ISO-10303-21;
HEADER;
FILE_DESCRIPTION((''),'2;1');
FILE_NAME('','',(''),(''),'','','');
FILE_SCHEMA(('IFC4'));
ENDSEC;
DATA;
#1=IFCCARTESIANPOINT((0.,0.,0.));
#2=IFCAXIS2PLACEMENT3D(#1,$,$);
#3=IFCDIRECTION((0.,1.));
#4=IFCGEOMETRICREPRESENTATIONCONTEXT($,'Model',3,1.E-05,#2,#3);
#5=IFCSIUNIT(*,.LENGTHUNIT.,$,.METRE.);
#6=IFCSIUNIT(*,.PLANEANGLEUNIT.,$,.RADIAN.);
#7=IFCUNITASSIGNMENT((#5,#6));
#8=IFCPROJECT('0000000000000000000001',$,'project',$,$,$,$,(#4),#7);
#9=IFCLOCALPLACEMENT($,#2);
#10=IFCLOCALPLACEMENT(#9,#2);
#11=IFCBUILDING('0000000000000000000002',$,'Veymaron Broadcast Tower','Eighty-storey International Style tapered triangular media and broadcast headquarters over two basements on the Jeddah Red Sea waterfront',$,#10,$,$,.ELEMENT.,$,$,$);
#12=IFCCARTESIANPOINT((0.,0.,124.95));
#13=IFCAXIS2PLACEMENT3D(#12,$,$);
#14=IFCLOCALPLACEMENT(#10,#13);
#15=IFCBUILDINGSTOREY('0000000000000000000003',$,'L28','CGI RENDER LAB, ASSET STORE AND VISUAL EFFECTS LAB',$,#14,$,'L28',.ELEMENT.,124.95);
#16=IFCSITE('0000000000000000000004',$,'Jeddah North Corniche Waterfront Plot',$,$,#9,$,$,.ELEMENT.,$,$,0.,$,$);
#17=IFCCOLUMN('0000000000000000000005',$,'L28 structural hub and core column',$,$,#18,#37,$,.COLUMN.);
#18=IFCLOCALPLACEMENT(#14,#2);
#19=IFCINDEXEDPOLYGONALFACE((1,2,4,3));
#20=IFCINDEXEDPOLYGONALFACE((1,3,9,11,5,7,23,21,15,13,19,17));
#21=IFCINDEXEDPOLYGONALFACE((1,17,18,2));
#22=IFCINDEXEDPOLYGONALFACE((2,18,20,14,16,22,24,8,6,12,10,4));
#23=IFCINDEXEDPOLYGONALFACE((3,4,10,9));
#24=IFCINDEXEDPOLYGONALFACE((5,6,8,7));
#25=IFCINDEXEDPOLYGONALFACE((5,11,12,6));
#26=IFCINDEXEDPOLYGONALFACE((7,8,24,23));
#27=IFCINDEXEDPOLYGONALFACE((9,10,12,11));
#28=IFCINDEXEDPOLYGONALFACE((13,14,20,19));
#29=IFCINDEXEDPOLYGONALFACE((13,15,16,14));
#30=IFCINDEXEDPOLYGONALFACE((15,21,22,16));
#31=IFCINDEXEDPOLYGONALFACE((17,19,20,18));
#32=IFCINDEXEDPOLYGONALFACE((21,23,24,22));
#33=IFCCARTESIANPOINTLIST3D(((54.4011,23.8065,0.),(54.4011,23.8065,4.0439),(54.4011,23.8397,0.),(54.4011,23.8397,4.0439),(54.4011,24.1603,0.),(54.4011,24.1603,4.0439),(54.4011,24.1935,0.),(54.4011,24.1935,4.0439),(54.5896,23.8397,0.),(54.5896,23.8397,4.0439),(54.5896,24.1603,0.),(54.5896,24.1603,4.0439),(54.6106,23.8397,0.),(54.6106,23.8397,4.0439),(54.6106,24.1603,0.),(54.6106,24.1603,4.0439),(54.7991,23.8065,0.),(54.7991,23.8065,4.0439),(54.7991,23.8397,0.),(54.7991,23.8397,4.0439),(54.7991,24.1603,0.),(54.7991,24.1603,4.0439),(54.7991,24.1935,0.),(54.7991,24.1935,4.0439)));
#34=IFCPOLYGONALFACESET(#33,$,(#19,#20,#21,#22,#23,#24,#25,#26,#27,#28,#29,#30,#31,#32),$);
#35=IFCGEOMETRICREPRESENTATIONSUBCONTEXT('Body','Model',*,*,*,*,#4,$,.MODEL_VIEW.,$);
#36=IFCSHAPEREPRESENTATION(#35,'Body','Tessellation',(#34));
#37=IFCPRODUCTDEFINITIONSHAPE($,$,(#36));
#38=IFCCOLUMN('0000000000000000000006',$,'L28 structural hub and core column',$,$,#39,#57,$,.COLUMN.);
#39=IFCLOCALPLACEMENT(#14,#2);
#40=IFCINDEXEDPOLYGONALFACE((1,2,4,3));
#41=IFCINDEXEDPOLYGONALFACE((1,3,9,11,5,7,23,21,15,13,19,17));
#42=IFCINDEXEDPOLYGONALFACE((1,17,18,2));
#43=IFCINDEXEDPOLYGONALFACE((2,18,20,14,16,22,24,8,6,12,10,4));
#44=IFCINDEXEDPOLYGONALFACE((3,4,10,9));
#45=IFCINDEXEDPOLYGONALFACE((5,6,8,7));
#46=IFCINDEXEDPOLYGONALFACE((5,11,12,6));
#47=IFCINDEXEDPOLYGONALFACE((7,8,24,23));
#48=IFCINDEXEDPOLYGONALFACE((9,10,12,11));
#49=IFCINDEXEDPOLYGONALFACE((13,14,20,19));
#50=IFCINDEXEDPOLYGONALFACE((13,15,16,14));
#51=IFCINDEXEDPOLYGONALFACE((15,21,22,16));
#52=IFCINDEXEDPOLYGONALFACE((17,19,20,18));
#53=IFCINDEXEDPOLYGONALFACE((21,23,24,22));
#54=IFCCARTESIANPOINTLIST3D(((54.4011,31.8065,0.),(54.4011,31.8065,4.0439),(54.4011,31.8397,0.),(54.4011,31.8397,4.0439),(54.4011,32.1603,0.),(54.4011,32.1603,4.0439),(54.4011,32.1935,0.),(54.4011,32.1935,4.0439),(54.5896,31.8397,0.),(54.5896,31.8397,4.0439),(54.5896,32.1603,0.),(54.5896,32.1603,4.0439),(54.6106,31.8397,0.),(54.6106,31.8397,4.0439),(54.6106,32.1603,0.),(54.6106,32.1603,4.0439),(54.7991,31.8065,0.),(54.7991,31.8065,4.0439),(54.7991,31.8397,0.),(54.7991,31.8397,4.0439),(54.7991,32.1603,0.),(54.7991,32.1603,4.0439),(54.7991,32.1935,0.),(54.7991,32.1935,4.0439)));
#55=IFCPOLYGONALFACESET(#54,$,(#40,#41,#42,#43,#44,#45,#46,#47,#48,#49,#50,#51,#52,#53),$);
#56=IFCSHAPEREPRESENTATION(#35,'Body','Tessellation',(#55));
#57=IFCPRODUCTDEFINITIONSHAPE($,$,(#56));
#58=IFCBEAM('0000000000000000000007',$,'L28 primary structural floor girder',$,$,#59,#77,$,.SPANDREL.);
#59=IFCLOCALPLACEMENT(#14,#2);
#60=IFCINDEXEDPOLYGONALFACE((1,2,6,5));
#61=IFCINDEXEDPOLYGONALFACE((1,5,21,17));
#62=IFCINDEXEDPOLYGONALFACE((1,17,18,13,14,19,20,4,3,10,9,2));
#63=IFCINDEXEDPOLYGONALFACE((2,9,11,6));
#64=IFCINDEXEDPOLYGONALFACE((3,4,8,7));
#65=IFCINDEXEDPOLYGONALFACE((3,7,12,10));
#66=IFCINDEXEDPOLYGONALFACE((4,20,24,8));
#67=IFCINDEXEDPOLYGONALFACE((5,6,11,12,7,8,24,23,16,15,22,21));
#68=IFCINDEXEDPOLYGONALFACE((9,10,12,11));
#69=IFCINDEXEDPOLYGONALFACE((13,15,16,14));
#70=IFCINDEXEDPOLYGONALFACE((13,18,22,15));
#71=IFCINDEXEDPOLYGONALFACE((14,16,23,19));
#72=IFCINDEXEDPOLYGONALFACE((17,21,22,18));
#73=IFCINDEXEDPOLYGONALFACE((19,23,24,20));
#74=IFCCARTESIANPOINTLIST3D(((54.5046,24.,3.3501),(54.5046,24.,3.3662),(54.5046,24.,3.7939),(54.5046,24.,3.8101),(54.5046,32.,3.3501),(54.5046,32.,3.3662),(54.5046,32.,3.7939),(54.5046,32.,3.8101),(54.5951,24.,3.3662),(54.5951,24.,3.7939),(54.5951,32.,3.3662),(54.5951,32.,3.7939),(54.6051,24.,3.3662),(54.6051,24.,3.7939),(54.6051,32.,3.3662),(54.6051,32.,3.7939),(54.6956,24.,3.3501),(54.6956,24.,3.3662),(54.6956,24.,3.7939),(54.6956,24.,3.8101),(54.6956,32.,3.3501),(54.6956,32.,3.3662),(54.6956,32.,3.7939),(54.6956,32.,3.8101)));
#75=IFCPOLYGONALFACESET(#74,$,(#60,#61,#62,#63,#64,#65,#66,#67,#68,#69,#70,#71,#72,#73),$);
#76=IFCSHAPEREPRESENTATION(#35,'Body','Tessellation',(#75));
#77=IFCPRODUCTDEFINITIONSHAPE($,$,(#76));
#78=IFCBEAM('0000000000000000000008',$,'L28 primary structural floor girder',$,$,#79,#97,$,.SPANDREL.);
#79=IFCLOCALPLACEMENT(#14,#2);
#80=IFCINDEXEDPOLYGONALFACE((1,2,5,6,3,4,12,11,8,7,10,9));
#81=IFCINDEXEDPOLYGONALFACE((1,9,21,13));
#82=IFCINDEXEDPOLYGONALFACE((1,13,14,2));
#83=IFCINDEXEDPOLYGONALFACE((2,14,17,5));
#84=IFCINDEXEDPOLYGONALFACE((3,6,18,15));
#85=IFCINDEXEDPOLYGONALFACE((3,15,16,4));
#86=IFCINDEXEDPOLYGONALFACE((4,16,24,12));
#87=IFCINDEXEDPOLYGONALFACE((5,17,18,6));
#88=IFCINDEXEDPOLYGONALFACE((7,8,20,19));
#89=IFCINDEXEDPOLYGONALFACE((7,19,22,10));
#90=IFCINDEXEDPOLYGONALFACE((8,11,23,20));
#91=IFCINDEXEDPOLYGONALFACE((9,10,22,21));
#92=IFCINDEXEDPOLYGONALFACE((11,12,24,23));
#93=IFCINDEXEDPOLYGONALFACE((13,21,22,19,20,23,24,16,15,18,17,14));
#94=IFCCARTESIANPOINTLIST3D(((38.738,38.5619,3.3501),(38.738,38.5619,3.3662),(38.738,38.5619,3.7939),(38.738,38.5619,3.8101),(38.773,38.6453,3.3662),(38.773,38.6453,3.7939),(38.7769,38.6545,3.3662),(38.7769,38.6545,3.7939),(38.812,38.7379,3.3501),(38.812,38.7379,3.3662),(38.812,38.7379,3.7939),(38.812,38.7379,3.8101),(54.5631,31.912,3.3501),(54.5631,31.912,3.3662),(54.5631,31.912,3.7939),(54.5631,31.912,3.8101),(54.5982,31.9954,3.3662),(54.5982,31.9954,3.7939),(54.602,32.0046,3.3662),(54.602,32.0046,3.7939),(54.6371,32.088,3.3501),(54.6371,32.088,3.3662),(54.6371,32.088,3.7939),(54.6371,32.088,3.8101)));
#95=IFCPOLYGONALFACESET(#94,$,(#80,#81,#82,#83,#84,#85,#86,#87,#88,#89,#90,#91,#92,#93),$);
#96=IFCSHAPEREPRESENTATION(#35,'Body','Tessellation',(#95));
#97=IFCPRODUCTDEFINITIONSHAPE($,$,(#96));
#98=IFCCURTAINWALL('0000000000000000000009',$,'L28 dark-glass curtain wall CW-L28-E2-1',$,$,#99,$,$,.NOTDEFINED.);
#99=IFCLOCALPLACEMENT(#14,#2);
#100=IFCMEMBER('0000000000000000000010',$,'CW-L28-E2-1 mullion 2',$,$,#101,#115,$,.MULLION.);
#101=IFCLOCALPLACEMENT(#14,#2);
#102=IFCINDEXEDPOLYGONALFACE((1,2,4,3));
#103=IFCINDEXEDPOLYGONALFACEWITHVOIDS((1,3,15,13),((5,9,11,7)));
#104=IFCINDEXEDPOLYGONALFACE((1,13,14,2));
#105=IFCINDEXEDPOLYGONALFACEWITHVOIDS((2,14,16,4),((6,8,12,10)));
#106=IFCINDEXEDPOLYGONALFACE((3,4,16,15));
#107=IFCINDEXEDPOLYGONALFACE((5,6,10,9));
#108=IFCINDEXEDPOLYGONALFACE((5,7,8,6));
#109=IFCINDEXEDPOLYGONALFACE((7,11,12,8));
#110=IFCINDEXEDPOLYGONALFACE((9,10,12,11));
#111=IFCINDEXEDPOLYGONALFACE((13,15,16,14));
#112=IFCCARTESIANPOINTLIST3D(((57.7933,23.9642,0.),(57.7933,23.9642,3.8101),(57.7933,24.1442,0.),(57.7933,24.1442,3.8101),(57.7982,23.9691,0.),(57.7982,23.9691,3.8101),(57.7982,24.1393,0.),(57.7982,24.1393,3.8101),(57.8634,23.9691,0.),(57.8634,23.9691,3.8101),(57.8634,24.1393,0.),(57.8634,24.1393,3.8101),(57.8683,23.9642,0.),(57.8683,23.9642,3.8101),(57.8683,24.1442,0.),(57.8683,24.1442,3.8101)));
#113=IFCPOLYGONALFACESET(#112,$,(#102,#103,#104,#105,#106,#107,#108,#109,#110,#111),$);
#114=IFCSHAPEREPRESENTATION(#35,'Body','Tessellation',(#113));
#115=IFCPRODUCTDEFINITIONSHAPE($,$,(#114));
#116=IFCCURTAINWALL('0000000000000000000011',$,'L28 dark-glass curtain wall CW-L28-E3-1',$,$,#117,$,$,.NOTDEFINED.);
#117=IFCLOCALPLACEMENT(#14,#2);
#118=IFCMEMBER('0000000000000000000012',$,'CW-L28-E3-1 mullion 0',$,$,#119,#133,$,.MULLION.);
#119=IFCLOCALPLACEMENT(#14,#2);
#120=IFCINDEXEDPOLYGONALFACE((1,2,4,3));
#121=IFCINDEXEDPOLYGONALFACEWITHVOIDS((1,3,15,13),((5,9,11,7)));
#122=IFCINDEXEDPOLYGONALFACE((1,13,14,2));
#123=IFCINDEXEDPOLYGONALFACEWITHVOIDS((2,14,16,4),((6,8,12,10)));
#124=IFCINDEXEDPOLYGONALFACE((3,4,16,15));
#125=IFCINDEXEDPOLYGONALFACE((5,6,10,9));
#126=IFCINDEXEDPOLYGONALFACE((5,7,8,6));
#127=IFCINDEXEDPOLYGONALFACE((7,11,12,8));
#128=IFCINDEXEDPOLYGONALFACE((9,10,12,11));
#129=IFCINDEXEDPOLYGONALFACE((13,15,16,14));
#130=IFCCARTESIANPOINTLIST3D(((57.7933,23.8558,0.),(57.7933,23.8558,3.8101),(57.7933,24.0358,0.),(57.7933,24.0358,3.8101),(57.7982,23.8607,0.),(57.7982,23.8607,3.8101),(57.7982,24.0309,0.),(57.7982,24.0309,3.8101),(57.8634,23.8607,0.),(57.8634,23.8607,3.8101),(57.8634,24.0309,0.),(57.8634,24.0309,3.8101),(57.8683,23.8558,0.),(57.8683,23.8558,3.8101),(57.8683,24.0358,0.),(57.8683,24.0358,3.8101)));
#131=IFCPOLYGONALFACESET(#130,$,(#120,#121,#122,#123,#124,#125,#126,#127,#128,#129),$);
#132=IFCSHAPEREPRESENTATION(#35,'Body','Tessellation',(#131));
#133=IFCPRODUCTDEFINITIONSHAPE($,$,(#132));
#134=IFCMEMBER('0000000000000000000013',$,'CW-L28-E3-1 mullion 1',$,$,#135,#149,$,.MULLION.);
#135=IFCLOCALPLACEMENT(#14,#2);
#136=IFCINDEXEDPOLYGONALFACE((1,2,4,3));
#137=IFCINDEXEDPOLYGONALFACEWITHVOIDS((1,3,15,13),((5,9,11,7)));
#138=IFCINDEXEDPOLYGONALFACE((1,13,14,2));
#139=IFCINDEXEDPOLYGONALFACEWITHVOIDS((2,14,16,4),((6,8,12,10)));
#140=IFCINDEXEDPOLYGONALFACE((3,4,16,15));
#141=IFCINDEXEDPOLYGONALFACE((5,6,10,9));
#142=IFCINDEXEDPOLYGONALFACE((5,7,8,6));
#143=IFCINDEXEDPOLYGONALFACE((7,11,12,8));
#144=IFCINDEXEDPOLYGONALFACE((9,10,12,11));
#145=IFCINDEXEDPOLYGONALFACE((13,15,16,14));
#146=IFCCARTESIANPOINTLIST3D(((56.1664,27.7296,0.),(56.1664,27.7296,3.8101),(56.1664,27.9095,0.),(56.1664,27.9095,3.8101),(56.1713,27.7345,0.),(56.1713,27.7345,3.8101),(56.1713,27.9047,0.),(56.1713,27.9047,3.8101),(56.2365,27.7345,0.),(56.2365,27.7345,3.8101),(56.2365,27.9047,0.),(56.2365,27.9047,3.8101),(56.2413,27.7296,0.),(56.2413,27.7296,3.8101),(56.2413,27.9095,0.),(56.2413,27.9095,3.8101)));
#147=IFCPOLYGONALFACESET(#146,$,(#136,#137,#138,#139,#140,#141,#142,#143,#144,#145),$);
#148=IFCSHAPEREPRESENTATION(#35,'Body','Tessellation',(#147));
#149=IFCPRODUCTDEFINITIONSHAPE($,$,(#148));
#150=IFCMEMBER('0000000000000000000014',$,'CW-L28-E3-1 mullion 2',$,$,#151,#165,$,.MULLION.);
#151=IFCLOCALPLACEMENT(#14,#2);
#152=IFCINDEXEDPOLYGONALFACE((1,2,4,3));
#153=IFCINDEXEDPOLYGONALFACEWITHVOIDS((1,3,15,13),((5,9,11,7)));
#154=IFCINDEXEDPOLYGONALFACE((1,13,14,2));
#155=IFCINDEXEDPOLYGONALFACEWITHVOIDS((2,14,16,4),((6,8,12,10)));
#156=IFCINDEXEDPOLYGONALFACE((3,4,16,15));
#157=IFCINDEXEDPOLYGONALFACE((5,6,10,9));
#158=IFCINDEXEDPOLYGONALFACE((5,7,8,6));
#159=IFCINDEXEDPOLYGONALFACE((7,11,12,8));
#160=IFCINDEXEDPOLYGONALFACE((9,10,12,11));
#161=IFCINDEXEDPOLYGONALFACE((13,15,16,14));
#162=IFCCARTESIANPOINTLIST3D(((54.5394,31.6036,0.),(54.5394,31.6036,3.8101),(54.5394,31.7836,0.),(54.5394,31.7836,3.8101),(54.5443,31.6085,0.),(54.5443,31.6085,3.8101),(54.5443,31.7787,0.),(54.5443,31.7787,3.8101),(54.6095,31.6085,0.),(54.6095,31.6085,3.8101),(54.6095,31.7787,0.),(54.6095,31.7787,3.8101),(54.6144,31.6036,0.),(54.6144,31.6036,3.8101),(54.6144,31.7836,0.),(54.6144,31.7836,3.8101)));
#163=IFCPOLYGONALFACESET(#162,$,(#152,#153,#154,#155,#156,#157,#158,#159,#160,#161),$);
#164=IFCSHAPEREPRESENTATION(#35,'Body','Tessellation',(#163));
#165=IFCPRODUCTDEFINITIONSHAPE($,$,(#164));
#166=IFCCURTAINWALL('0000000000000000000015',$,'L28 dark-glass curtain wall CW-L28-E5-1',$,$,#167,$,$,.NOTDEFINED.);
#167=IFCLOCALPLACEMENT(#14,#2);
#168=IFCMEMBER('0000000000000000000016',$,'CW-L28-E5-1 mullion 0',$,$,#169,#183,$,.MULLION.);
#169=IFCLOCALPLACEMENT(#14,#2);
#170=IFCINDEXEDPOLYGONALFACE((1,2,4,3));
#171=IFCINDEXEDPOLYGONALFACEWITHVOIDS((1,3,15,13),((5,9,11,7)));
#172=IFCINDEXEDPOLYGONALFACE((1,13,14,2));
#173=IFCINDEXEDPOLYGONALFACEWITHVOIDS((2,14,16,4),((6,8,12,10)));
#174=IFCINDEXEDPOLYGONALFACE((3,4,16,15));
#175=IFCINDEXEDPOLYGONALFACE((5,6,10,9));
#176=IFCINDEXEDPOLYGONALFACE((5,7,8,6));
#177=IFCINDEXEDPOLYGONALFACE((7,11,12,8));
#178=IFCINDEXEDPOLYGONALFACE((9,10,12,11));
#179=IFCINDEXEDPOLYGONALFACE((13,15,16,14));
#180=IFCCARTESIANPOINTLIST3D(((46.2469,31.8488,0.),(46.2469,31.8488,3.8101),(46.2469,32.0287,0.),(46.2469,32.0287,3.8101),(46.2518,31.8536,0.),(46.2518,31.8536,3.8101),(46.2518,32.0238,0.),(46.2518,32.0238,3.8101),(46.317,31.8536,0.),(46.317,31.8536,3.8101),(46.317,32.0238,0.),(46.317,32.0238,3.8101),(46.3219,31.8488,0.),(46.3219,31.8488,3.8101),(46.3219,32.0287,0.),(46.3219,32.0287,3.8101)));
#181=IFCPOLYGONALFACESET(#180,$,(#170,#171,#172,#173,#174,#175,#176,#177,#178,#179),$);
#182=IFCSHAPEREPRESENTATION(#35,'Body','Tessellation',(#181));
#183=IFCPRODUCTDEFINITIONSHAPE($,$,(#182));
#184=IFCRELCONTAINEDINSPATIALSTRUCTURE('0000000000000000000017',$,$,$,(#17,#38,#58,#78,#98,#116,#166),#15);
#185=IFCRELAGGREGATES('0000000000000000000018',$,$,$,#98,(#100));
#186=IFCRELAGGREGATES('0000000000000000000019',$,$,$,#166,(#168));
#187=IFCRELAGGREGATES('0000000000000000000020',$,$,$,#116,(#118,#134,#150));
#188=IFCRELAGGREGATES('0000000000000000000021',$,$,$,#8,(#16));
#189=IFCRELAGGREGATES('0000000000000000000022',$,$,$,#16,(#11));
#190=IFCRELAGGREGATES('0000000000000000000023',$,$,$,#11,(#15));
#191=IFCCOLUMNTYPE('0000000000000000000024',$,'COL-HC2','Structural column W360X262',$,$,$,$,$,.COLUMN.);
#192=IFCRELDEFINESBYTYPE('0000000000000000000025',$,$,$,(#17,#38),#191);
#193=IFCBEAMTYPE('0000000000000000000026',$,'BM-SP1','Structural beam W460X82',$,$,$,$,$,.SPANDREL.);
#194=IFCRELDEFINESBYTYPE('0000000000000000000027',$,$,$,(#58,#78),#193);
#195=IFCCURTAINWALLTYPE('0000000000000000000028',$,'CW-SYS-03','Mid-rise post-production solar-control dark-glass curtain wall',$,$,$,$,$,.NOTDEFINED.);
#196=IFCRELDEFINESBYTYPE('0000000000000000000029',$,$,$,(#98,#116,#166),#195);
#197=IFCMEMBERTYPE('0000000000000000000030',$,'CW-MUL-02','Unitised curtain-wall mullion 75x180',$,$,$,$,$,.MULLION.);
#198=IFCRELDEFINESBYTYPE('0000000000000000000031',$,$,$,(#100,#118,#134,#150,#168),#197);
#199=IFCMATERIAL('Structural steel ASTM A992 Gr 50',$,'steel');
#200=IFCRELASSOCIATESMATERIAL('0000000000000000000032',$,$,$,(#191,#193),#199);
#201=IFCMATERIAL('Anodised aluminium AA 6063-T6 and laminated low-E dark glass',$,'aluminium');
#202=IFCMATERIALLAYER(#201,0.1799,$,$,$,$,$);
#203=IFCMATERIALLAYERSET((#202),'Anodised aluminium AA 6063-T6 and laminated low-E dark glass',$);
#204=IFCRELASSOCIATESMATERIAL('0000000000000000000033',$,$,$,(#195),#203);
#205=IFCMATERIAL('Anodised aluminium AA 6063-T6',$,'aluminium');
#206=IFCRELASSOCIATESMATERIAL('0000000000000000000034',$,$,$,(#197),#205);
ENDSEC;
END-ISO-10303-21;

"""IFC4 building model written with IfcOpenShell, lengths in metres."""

from ifc_helpers import new_model, si_unit, direction, frame, origin, origin_2d, place, context, subcontext, project, spatial, hollow_rectangle, i_section, extrude, material, layer, layer_set, material_profile, profile_set, type_object, element, aggregate, save


model = new_model("IFC4")

# Units and contexts
model_context = context("Model", 3, precision=1e-05, world=origin(), true_north=direction((0.0, 1.0)))
body_context = subcontext(model_context, "Body", "Model", "MODEL_VIEW")
ifc_project = project(units=[si_unit("LENGTHUNIT", "METRE"), si_unit("PLANEANGLEUNIT", "RADIAN")], contexts=[model_context])

# Site, building, storey
site_placement = place(None, origin())
site = spatial("IfcSite", under=ifc_project, at=site_placement, Name="Jeddah North Corniche Waterfront Plot", CompositionType="ELEMENT", RefElevation=0.0)
building_placement = place(site_placement, origin())
building = spatial("IfcBuilding", under=site, at=building_placement, Name="Veymaron Broadcast Tower", Description="Eighty-storey International Style tapered triangular media and broadcast headquarters over two basements on the Jeddah Red Sea waterfront", CompositionType="ELEMENT")
storey_placement = place(building_placement, frame((0.0, 0.0, 124.95)))
storey = spatial("IfcBuildingStorey", under=building, at=storey_placement, Name="L28", Description="CGI RENDER LAB, ASSET STORE AND VISUAL EFFECTS LAB", LongName="L28", CompositionType="ELEMENT", Elevation=124.95)

# Columns
ifc_material_1 = material(Name="Structural steel ASTM A992 Gr 50", Category="steel")
ifc_material_profile_1 = material_profile(ifc_material_1, i_section(OverallWidth=0.3979, OverallDepth=0.387, WebThickness=0.021, FlangeThickness=0.0332, at=origin_2d()), Name="W360X262")
ifc_profile_set_1 = profile_set([ifc_material_profile_1], Name="Structural steel ASTM A992 Gr 50")
column_type = type_object("IfcColumnType", Name="COL-HC2", Description="Structural column W360X262", PredefinedType="COLUMN", material=ifc_profile_set_1)
for number, where, z_axis, x_axis, name in (
    (1, (54.6001, 24.0, 0.0), (0.0, 0.0, 1.0), (1.0, 0.0, 0.0), "L28 structural hub and core column"),
    (2, (54.6001, 32.0, 0.0), (0.0, 0.0, 1.0), (1.0, 0.0, 0.0), "L28 structural hub and core column"),
):
    element("IfcColumn", number, at=place(storey_placement, frame(where, z_axis=z_axis, x_axis=x_axis)), inside=storey, type_object=column_type, Name=name, PredefinedType="COLUMN", context=body_context, shape_type="SweptSolid", body=[
        extrude(i_section(OverallWidth=0.3979, OverallDepth=0.387, WebThickness=0.021, FlangeThickness=0.0332, at=origin_2d()), origin(), (0.0, 0.0, 1.0), 4.0439),
    ])

# Beams
ifc_material_profile_2 = material_profile(ifc_material_1, i_section(OverallWidth=0.1909, OverallDepth=0.46, WebThickness=0.01, FlangeThickness=0.0161, at=origin_2d()), Name="W460X82")
ifc_profile_set_2 = profile_set([ifc_material_profile_2], Name="Structural steel ASTM A992 Gr 50")
beam_type = type_object("IfcBeamType", Name="BM-SP1", Description="Structural beam W460X82", PredefinedType="SPANDREL", material=ifc_profile_set_2)
beam_1_placement = place(storey_placement, frame((54.6001, 24.0, 3.5801), z_axis=(0.0, 1.0, 0.0), x_axis=(-1.0, 0.0, 0.0)))
element("IfcBeam", 3, at=beam_1_placement, inside=storey, type_object=beam_type, Name="L28 primary structural floor girder", PredefinedType="SPANDREL", context=body_context, shape_type="SweptSolid", body=[
    extrude(i_section(OverallWidth=0.1909, OverallDepth=0.46, WebThickness=0.01, FlangeThickness=0.0161, at=origin_2d()), origin(), (0.0, 0.0, 1.0), 8.0),
])
beam_2_placement = place(storey_placement, frame((54.6001, 32.0, 3.5801), z_axis=(-0.921913, 0.387397, 0.0), x_axis=(-0.387397, -0.921913, 0.0)))
element("IfcBeam", 4, at=beam_2_placement, inside=storey, type_object=beam_type, Name="L28 primary structural floor girder", PredefinedType="SPANDREL", context=body_context, shape_type="SweptSolid", body=[
    extrude(i_section(OverallWidth=0.1909, OverallDepth=0.46, WebThickness=0.01, FlangeThickness=0.0161, at=origin_2d()), origin(), (0.0, 0.0, 1.0), 17.1655),
])

# Curtain wall, member
ifc_material_2 = material(Name="Anodised aluminium AA 6063-T6 and laminated low-E dark glass", Category="aluminium")
ifc_layer_1 = layer(ifc_material_2, 0.1799)
ifc_layer_set_1 = layer_set([ifc_layer_1], Name="Anodised aluminium AA 6063-T6 and laminated low-E dark glass")
curtain_wall_type = type_object("IfcCurtainWallType", Name="CW-SYS-03", Description="Mid-rise post-production solar-control dark-glass curtain wall", PredefinedType="NOTDEFINED", material=ifc_layer_set_1)
curtain_wall_1_placement = place(storey_placement, origin())
curtain_wall_1 = element("IfcCurtainWall", 5, at=curtain_wall_1_placement, inside=storey, type_object=curtain_wall_type, Name="L28 dark-glass curtain wall CW-L28-E2-1", PredefinedType="NOTDEFINED")
ifc_material_3 = material(Name="Anodised aluminium AA 6063-T6", Category="aluminium")
ifc_material_profile_3 = material_profile(ifc_material_3, hollow_rectangle(XDim=0.075, YDim=0.1799, WallThickness=0.0049, at=origin_2d()), Name="AL180X75X5")
ifc_profile_set_3 = profile_set([ifc_material_profile_3], Name="Anodised aluminium AA 6063-T6")
member_type_1 = type_object("IfcMemberType", Name="CW-MUL-02", Description="Unitised curtain-wall mullion 75x180", PredefinedType="MULLION", material=ifc_profile_set_3)
member_1_placement = place(storey_placement, frame((57.8308, 24.0542, 0.0), z_axis=(0.0, 0.0, 1.0), x_axis=(1.0, 0.0, 0.0)))
member_1 = element("IfcMember", 6, at=member_1_placement, type_object=member_type_1, Name="CW-L28-E2-1 mullion 2", PredefinedType="MULLION", context=body_context, shape_type="SweptSolid", body=[
    extrude(hollow_rectangle(XDim=0.075, YDim=0.1799, WallThickness=0.0049, at=origin_2d()), origin(), (0.0, 0.0, 1.0), 3.8101),
])
aggregate(curtain_wall_1, [member_1])

# Curtain wall, members
curtain_wall_2_placement = place(storey_placement, origin())
curtain_wall_2 = element("IfcCurtainWall", 7, at=curtain_wall_2_placement, inside=storey, type_object=curtain_wall_type, Name="L28 dark-glass curtain wall CW-L28-E3-1", PredefinedType="NOTDEFINED")
member_2_placement = place(storey_placement, frame((57.8308, 23.9458, 0.0), z_axis=(0.0, 0.0, 1.0), x_axis=(1.0, 0.0, 0.0)))
member_2 = element("IfcMember", 8, at=member_2_placement, type_object=member_type_1, Name="CW-L28-E3-1 mullion 0", PredefinedType="MULLION", context=body_context, shape_type="SweptSolid", body=[
    extrude(hollow_rectangle(XDim=0.075, YDim=0.1799, WallThickness=0.0049, at=origin_2d()), origin(), (0.0, 0.0, 1.0), 3.8101),
])
member_3_placement = place(storey_placement, frame((56.2039, 27.8196, 0.0), z_axis=(0.0, 0.0, 1.0), x_axis=(1.0, 0.0, 0.0)))
member_3 = element("IfcMember", 9, at=member_3_placement, type_object=member_type_1, Name="CW-L28-E3-1 mullion 1", PredefinedType="MULLION", context=body_context, shape_type="SweptSolid", body=[
    extrude(hollow_rectangle(XDim=0.075, YDim=0.1799, WallThickness=0.0049, at=origin_2d()), origin(), (0.0, 0.0, 1.0), 3.8101),
])
member_4_placement = place(storey_placement, frame((54.5769, 31.6936, 0.0), z_axis=(0.0, 0.0, 1.0), x_axis=(1.0, 0.0, 0.0)))
member_4 = element("IfcMember", 10, at=member_4_placement, type_object=member_type_1, Name="CW-L28-E3-1 mullion 2", PredefinedType="MULLION", context=body_context, shape_type="SweptSolid", body=[
    extrude(hollow_rectangle(XDim=0.075, YDim=0.1799, WallThickness=0.0049, at=origin_2d()), origin(), (0.0, 0.0, 1.0), 3.8101),
])

# Curtain wall, member
curtain_wall_3_placement = place(storey_placement, origin())
curtain_wall_3 = element("IfcCurtainWall", 11, at=curtain_wall_3_placement, inside=storey, type_object=curtain_wall_type, Name="L28 dark-glass curtain wall CW-L28-E5-1", PredefinedType="NOTDEFINED")
member_5_placement = place(storey_placement, frame((46.2844, 31.9387, 0.0), z_axis=(0.0, 0.0, 1.0), x_axis=(1.0, 0.0, 0.0)))
member_5 = element("IfcMember", 12, at=member_5_placement, type_object=member_type_1, Name="CW-L28-E5-1 mullion 0", PredefinedType="MULLION", context=body_context, shape_type="SweptSolid", body=[
    extrude(hollow_rectangle(XDim=0.075, YDim=0.1799, WallThickness=0.0049, at=origin_2d()), origin(), (0.0, 0.0, 1.0), 3.8101),
])

aggregate(curtain_wall_3, [member_5])

aggregate(curtain_wall_2, [member_2, member_3, member_4])

save(model, "model.ifc")
